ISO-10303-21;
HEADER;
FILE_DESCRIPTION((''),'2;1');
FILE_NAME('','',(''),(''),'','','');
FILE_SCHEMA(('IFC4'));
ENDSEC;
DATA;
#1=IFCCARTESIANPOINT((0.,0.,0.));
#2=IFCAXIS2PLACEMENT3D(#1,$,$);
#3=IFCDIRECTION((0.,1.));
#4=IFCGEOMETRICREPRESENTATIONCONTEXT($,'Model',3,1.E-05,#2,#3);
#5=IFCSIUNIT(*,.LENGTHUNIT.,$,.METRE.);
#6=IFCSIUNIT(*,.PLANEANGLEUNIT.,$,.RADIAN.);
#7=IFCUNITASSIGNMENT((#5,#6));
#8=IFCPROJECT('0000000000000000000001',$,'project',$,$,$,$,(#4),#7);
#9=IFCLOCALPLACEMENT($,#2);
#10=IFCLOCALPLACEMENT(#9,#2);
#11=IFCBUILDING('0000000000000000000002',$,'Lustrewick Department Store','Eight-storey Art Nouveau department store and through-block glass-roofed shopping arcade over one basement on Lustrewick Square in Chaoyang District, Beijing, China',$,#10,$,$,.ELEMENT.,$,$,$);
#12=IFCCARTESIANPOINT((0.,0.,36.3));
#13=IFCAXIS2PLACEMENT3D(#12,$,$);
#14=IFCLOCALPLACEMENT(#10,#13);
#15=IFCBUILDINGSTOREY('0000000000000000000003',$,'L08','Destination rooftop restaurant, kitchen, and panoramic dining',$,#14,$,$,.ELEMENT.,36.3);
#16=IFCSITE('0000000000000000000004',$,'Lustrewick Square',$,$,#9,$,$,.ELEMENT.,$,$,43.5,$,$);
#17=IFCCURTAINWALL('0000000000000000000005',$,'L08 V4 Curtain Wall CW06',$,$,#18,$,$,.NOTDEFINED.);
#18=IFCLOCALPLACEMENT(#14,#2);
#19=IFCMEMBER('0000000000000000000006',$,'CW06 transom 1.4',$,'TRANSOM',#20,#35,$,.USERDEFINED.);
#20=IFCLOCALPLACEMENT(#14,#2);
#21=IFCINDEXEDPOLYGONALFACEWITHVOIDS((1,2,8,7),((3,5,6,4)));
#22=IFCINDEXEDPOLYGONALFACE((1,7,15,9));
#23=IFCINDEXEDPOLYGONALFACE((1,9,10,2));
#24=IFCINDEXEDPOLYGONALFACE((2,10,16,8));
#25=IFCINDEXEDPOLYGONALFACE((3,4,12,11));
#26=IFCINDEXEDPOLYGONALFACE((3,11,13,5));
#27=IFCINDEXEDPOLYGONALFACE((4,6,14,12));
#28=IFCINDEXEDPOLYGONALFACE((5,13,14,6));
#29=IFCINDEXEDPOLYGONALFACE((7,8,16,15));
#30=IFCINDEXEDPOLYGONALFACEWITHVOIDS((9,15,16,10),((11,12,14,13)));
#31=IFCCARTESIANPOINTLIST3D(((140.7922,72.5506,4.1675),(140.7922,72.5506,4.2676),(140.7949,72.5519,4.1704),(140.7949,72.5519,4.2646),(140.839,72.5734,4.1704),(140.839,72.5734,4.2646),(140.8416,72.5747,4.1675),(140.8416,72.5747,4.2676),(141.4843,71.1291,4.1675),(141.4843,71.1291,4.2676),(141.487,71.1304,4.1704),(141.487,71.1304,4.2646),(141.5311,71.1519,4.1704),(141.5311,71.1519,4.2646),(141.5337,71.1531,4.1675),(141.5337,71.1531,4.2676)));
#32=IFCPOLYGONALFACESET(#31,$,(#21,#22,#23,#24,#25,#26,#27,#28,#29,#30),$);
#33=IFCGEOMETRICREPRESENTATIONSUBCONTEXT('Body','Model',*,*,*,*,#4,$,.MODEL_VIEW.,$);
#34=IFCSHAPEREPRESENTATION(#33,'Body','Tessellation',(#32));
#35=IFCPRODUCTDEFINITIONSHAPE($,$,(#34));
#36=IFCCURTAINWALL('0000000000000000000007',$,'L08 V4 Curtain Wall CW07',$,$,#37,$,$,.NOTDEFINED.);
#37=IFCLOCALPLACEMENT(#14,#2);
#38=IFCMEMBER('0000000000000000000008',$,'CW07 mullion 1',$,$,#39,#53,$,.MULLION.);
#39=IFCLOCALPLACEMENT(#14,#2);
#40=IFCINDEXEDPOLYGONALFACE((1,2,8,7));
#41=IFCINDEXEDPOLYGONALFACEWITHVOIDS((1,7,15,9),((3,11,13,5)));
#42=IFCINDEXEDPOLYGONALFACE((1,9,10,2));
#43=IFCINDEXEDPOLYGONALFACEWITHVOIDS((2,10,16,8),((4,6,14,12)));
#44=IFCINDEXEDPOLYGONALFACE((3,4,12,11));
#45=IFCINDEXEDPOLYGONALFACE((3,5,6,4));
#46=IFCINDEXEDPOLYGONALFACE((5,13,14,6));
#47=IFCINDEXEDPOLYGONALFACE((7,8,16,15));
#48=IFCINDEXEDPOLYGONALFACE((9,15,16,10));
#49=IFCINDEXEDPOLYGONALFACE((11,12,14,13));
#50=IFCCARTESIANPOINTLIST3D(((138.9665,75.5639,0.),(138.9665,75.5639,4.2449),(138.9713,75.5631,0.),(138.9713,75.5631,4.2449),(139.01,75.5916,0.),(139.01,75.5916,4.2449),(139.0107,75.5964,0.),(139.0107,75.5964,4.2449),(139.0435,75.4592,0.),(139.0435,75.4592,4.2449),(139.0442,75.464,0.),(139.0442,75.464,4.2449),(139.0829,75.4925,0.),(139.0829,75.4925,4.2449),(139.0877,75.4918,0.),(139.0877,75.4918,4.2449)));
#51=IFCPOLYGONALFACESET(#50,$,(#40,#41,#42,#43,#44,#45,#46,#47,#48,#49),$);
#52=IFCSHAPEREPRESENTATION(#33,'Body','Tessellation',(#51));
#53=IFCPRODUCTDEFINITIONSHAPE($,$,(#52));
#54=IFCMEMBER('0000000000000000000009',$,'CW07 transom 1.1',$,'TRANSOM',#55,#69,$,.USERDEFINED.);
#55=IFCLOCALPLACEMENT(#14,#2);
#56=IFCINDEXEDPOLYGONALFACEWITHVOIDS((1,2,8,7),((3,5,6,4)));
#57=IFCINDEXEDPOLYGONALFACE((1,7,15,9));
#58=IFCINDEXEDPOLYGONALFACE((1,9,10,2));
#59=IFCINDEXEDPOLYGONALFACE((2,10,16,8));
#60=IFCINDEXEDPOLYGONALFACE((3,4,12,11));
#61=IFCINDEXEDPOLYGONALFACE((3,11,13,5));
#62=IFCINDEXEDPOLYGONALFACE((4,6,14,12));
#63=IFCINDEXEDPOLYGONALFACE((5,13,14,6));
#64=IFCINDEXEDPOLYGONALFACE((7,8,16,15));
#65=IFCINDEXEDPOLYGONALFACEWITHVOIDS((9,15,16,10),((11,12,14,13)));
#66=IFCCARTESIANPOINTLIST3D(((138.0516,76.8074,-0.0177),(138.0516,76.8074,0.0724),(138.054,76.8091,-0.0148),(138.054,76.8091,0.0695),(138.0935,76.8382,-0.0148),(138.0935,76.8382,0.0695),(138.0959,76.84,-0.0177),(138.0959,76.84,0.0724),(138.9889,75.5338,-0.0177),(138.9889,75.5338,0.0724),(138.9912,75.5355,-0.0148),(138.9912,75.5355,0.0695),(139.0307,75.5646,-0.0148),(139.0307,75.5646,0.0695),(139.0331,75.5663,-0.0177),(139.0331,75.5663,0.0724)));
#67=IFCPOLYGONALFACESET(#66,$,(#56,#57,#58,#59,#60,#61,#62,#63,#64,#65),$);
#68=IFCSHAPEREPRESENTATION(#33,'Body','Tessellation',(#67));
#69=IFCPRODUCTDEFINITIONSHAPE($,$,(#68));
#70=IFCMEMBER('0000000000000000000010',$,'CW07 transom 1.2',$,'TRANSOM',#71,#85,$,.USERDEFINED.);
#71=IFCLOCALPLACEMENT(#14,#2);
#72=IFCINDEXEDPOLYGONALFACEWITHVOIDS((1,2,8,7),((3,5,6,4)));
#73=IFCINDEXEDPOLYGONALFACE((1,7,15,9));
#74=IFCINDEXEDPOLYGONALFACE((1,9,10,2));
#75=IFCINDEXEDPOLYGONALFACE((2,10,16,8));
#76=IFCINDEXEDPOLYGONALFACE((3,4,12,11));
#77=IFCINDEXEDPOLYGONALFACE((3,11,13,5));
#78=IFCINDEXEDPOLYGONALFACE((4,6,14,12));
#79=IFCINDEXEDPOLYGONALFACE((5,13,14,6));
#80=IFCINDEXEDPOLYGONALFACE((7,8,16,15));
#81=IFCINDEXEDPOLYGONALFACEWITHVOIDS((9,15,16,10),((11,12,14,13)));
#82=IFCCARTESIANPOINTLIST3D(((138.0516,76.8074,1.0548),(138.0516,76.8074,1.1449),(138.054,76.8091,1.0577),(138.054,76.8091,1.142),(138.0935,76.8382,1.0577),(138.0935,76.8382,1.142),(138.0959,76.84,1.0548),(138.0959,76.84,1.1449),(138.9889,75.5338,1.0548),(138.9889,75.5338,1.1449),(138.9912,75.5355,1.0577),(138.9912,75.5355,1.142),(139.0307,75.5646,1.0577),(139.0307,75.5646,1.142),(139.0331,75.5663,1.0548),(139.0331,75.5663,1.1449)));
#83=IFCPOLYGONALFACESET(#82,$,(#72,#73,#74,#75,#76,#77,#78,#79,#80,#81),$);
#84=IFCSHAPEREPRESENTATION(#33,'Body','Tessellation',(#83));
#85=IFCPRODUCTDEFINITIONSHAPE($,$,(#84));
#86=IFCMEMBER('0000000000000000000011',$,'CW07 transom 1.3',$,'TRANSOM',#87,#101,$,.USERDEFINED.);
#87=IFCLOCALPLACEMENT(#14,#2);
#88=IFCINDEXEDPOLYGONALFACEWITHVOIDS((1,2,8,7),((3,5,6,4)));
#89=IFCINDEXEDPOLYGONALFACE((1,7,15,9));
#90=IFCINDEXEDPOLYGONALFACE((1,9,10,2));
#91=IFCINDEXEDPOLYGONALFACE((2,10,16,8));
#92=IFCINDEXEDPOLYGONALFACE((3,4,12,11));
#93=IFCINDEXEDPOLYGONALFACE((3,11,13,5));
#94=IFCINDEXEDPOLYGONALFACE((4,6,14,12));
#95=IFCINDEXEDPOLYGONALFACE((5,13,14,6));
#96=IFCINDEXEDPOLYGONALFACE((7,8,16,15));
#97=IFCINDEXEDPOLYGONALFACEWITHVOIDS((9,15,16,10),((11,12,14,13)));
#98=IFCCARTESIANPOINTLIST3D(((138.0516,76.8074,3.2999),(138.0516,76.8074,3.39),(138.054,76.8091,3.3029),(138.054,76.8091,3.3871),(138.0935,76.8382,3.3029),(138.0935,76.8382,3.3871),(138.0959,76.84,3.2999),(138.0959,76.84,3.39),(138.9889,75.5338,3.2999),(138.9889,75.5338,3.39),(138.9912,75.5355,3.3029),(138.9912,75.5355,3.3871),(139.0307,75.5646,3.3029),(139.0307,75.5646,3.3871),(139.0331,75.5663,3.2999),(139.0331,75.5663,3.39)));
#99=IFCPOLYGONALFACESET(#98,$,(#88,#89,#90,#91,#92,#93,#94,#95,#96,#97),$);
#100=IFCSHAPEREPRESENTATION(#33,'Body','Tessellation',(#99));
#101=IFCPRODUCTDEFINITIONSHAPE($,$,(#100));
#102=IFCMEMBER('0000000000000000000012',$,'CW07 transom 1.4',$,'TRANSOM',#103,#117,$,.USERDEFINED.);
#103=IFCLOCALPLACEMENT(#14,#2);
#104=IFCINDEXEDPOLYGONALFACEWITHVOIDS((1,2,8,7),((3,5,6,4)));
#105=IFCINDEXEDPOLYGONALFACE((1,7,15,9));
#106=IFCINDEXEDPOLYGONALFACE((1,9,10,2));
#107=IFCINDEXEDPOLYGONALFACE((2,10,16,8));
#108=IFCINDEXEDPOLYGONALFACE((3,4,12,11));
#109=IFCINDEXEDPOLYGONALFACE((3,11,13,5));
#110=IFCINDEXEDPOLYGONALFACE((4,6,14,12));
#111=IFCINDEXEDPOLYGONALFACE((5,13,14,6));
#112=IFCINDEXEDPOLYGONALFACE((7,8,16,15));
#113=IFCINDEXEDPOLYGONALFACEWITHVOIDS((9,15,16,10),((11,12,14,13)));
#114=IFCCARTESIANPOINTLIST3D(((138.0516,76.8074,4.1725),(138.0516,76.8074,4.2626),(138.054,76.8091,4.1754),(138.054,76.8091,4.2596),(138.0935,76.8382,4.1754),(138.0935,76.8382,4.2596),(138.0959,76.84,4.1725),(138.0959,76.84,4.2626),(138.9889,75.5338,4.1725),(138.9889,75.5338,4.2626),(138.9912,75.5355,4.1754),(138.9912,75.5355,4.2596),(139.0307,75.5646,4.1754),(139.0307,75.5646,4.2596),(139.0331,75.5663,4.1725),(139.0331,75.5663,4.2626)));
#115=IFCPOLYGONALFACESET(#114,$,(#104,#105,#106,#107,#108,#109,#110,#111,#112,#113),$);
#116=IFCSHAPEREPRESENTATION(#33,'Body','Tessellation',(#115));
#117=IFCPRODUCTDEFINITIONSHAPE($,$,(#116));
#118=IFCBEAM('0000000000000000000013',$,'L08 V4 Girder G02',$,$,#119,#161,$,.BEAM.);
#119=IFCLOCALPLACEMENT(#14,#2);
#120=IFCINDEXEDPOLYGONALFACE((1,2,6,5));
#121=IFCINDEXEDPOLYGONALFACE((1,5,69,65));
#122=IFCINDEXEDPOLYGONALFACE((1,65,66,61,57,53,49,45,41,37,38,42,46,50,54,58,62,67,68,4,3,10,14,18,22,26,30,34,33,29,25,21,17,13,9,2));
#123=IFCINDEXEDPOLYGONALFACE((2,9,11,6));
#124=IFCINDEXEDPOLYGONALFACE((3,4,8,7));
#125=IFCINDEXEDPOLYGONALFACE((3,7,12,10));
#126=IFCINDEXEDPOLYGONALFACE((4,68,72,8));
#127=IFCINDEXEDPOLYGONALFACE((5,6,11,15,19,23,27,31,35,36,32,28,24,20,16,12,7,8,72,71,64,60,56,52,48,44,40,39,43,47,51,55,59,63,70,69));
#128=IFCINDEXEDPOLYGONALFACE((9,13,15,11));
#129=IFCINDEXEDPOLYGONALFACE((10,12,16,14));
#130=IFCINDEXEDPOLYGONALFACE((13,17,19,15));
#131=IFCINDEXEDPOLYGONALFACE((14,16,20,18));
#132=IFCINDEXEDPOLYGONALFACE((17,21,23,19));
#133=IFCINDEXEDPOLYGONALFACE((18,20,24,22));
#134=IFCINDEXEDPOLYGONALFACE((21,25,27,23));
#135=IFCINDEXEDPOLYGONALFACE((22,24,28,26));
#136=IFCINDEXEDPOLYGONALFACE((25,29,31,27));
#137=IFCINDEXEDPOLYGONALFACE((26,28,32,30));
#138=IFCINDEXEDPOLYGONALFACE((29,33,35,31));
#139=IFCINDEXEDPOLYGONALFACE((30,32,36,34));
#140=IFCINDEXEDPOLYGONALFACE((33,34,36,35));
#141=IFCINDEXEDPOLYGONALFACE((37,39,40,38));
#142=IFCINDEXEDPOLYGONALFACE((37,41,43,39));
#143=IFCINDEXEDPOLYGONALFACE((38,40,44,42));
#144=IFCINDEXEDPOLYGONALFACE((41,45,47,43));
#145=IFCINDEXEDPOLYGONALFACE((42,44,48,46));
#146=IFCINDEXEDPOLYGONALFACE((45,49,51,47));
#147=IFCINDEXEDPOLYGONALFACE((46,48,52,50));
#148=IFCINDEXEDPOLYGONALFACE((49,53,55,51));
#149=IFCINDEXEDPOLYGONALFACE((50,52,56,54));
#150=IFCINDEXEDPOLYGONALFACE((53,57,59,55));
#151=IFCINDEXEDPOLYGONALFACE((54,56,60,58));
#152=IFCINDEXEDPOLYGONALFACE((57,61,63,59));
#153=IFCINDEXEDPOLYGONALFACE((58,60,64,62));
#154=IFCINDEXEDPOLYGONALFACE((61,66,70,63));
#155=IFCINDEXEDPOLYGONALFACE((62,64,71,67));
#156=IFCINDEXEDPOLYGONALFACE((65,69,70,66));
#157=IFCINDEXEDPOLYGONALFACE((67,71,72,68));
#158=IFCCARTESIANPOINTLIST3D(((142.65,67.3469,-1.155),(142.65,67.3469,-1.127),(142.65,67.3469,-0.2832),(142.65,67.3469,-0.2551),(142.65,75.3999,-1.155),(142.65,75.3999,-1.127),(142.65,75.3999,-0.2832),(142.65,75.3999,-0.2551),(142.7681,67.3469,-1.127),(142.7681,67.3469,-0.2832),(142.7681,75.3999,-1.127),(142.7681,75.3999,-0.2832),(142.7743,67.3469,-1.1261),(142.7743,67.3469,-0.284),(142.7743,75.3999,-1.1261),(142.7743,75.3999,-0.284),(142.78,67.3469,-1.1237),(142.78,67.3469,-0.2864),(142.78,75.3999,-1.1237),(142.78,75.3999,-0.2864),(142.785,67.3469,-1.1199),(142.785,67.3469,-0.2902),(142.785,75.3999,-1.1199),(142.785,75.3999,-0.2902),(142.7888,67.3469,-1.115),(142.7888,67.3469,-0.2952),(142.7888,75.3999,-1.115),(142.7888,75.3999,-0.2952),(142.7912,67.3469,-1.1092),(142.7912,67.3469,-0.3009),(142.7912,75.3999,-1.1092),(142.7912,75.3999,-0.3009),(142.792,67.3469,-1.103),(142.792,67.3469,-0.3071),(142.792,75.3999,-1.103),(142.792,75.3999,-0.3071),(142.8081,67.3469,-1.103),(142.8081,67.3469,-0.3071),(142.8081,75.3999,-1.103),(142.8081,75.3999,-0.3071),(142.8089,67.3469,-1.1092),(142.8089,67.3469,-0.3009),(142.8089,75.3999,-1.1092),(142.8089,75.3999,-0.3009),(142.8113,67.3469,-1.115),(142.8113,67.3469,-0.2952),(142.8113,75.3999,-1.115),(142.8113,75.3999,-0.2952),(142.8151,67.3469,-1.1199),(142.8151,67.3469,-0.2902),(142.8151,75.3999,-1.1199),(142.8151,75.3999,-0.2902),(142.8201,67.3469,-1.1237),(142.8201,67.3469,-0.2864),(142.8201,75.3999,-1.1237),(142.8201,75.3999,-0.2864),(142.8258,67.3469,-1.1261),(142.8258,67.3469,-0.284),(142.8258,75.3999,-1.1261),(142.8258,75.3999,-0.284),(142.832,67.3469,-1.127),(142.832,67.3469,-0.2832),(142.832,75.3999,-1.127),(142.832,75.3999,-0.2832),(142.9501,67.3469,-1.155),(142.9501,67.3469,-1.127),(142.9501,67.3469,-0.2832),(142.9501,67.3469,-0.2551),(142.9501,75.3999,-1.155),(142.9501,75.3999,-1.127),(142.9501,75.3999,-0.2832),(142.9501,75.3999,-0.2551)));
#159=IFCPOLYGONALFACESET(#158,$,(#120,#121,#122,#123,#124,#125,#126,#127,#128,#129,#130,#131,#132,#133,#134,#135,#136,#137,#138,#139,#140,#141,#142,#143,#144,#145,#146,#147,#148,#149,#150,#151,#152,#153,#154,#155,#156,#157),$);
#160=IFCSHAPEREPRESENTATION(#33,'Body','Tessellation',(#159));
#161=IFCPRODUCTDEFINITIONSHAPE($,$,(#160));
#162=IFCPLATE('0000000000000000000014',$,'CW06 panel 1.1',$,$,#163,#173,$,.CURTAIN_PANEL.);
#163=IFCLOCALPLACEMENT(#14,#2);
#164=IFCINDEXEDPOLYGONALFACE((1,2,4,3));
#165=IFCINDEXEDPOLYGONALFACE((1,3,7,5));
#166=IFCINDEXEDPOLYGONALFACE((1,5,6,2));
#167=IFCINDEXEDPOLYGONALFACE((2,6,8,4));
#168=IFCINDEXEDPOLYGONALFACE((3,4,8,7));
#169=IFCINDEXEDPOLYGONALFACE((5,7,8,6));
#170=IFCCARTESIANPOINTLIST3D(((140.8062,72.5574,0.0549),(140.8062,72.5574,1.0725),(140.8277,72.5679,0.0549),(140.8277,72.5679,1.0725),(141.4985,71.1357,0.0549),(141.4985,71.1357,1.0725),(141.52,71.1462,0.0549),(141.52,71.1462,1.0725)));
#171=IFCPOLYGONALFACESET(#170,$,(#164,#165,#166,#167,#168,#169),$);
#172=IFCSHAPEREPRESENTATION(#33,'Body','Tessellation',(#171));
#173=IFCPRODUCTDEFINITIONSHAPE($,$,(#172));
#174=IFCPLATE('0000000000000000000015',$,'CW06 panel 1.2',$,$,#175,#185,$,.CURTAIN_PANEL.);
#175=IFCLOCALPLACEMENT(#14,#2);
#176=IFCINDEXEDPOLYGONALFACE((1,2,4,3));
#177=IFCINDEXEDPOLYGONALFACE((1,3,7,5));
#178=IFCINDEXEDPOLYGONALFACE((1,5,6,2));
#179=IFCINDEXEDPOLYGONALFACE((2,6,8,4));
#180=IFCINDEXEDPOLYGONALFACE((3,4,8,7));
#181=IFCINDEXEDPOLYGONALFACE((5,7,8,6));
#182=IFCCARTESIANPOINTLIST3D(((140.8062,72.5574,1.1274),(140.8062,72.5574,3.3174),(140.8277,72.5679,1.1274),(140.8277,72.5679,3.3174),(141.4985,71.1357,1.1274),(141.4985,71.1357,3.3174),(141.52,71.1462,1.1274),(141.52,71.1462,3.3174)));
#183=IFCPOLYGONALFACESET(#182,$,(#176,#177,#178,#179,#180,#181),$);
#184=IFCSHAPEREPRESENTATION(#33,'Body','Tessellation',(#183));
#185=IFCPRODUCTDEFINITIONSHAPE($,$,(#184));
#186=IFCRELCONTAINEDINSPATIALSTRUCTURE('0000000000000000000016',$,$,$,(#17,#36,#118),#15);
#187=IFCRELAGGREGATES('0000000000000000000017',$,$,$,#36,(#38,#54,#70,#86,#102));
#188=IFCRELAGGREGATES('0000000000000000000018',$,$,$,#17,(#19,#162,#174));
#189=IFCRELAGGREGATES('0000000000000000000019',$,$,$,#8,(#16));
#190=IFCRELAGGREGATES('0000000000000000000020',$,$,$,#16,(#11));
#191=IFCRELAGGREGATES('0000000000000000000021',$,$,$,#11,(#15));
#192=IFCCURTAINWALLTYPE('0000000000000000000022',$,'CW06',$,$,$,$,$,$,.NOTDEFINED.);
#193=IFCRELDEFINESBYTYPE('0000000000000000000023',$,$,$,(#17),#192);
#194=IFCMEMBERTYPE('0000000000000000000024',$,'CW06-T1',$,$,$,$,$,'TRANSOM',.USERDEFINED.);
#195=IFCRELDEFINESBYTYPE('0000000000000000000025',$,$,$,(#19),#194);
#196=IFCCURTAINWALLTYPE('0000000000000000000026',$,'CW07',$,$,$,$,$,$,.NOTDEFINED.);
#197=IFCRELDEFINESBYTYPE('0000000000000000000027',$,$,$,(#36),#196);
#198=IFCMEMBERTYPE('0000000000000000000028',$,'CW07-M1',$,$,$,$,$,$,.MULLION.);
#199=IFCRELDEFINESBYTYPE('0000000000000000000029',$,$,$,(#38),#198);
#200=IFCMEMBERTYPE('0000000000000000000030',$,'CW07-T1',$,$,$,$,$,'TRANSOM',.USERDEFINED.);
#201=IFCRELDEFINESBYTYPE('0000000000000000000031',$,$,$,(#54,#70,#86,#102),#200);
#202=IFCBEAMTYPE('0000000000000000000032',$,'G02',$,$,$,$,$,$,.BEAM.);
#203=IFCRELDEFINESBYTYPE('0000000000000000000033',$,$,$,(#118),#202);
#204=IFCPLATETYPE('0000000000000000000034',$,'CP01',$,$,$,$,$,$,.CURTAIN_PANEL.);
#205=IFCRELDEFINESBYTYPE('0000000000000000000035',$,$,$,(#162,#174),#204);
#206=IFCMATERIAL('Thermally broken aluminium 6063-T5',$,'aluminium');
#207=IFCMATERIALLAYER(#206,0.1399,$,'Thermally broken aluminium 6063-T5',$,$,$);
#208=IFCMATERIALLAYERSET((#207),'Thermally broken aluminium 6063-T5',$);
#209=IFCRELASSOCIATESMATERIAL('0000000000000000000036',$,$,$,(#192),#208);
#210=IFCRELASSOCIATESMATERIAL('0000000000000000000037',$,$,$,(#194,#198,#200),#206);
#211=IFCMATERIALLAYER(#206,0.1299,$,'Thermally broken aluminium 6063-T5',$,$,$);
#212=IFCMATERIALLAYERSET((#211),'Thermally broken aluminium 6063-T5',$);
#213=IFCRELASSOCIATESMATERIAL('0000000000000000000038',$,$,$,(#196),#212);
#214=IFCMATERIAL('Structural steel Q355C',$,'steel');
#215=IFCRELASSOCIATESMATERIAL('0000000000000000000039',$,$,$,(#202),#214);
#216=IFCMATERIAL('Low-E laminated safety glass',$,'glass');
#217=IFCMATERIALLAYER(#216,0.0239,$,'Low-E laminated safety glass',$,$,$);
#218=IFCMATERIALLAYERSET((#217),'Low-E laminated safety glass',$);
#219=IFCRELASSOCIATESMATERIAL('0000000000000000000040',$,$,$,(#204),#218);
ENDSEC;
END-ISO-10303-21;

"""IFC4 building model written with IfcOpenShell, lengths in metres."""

from ifc_helpers import new_model, si_unit, direction, frame, origin, origin_2d, place, context, subcontext, project, spatial, rectangle, hollow_rectangle, i_section, extrude, material, layer, layer_set, material_profile, profile_set, type_object, element, aggregate, save


model = new_model("IFC4")

# Units and contexts
model_context = context("Model", 3, precision=1e-05, world=origin(), true_north=direction((0.0, 1.0)))
body_context = subcontext(model_context, "Body", "Model", "MODEL_VIEW")
ifc_project = project(units=[si_unit("LENGTHUNIT", "METRE"), si_unit("PLANEANGLEUNIT", "RADIAN")], contexts=[model_context])

# Site, building, storey
site_placement = place(None, origin())
site = spatial("IfcSite", under=ifc_project, at=site_placement, Name="Lustrewick Square", CompositionType="ELEMENT", RefElevation=43.5)
building_placement = place(site_placement, origin())
building = spatial("IfcBuilding", under=site, at=building_placement, Name="Lustrewick Department Store", Description="Eight-storey Art Nouveau department store and through-block glass-roofed shopping arcade over one basement on Lustrewick Square in Chaoyang District, Beijing, China", CompositionType="ELEMENT")
storey_placement = place(building_placement, frame((0.0, 0.0, 36.3)))
storey = spatial("IfcBuildingStorey", under=building, at=storey_placement, Name="L08", Description="Destination rooftop restaurant, kitchen, and panoramic dining", CompositionType="ELEMENT", Elevation=36.3)

# Curtain walls, members
ifc_material_1 = material(Name="Thermally broken aluminium 6063-T5", Category="aluminium")
ifc_layer_1 = layer(ifc_material_1, 0.1399, Name="Thermally broken aluminium 6063-T5")
ifc_layer_set_1 = layer_set([ifc_layer_1], Name="Thermally broken aluminium 6063-T5")
curtain_wall_type_1 = type_object("IfcCurtainWallType", Name="CW06", PredefinedType="NOTDEFINED", material=ifc_layer_set_1)
curtain_wall_1_placement = place(storey_placement, origin())
curtain_wall_1 = element("IfcCurtainWall", 1, at=curtain_wall_1_placement, inside=storey, type_object=curtain_wall_type_1, Name="L08 V4 Curtain Wall CW06", PredefinedType="NOTDEFINED")
ifc_material_profile_1 = material_profile(ifc_material_1, hollow_rectangle(XDim=0.0549, YDim=0.1001, WallThickness=0.0029, at=origin_2d()), Name="ALU-T 55x100x3")
ifc_profile_set_1 = profile_set([ifc_material_profile_1], Name="Thermally broken aluminium 6063-T5")
member_type_1 = type_object("IfcMemberType", Name="CW06-T1", ElementType="TRANSOM", PredefinedType="USERDEFINED", material=ifc_profile_set_1)
member_1_placement = place(storey_placement, frame((141.509, 71.1411, 4.2175), z_axis=(-0.437739, 0.899102, 0.0), x_axis=(-0.899102, -0.437739, 0.0)))
member_1 = element("IfcMember", 2, at=member_1_placement, type_object=member_type_1, Name="CW06 transom 1.4", ObjectType="TRANSOM", PredefinedType="USERDEFINED", context=body_context, shape_type="SweptSolid", body=[
    extrude(hollow_rectangle(XDim=0.0549, YDim=0.1001, WallThickness=0.0029, at=origin_2d()), origin(), (0.0, 0.0, 1.0), 1.5811),
])
ifc_layer_2 = layer(ifc_material_1, 0.1299, Name="Thermally broken aluminium 6063-T5")
ifc_layer_set_2 = layer_set([ifc_layer_2], Name="Thermally broken aluminium 6063-T5")
curtain_wall_type_2 = type_object("IfcCurtainWallType", Name="CW07", PredefinedType="NOTDEFINED", material=ifc_layer_set_2)
curtain_wall_2_placement = place(storey_placement, origin())
curtain_wall_2 = element("IfcCurtainWall", 3, at=curtain_wall_2_placement, inside=storey, type_object=curtain_wall_type_2, Name="L08 V4 Curtain Wall CW07", PredefinedType="NOTDEFINED")
ifc_material_profile_2 = material_profile(ifc_material_1, hollow_rectangle(XDim=0.0549, YDim=0.1299, WallThickness=0.0034, at=origin_2d()), Name="ALU-M 55x130x3.5")
ifc_profile_set_2 = profile_set([ifc_material_profile_2], Name="Thermally broken aluminium 6063-T5")
member_type_2 = type_object("IfcMemberType", Name="CW07-M1", PredefinedType="MULLION", material=ifc_profile_set_2)
member_2_placement = place(storey_placement, frame((139.0271, 75.5278, 0.0), z_axis=(0.0, 0.0, 1.0), x_axis=(-0.805451, -0.592662, 0.0)))
member_2 = element("IfcMember", 4, at=member_2_placement, type_object=member_type_2, Name="CW07 mullion 1", PredefinedType="MULLION", context=body_context, shape_type="SweptSolid", body=[
    extrude(hollow_rectangle(XDim=0.0549, YDim=0.1299, WallThickness=0.0034, at=origin_2d()), origin(), (0.0, 0.0, 1.0), 4.2449),
])
ifc_material_profile_3 = material_profile(ifc_material_1, hollow_rectangle(XDim=0.0549, YDim=0.0901, WallThickness=0.0029, at=origin_2d()), Name="ALU-T 55x90x3")
ifc_profile_set_3 = profile_set([ifc_material_profile_3], Name="Thermally broken aluminium 6063-T5")
member_type_3 = type_object("IfcMemberType", Name="CW07-T1", ElementType="TRANSOM", PredefinedType="USERDEFINED", material=ifc_profile_set_3)
member_3_placement = place(storey_placement, frame((139.011, 75.55, 0.0273), z_axis=(-0.592688, 0.805432, 0.0), x_axis=(-0.805432, -0.592688, 0.0)))
member_3 = element("IfcMember", 5, at=member_3_placement, type_object=member_type_3, Name="CW07 transom 1.1", ObjectType="TRANSOM", PredefinedType="USERDEFINED", context=body_context, shape_type="SweptSolid", body=[
    extrude(hollow_rectangle(XDim=0.0549, YDim=0.0901, WallThickness=0.0029, at=origin_2d()), origin(), (0.0, 0.0, 1.0), 1.5813),
])
member_4_placement = place(storey_placement, frame((139.011, 75.55, 1.0999), z_axis=(-0.592688, 0.805432, 0.0), x_axis=(-0.805432, -0.592688, 0.0)))
member_4 = element("IfcMember", 6, at=member_4_placement, type_object=member_type_3, Name="CW07 transom 1.2", ObjectType="TRANSOM", PredefinedType="USERDEFINED", context=body_context, shape_type="SweptSolid", body=[
    extrude(hollow_rectangle(XDim=0.0549, YDim=0.0901, WallThickness=0.0029, at=origin_2d()), origin(), (0.0, 0.0, 1.0), 1.5813),
])
member_5_placement = place(storey_placement, frame((139.011, 75.55, 3.345), z_axis=(-0.592688, 0.805432, 0.0), x_axis=(-0.805432, -0.592688, 0.0)))
member_5 = element("IfcMember", 7, at=member_5_placement, type_object=member_type_3, Name="CW07 transom 1.3", ObjectType="TRANSOM", PredefinedType="USERDEFINED", context=body_context, shape_type="SweptSolid", body=[
    extrude(hollow_rectangle(XDim=0.0549, YDim=0.0901, WallThickness=0.0029, at=origin_2d()), origin(), (0.0, 0.0, 1.0), 1.5813),
])
member_6_placement = place(storey_placement, frame((139.011, 75.55, 4.2175), z_axis=(-0.592688, 0.805432, 0.0), x_axis=(-0.805432, -0.592688, 0.0)))
member_6 = element("IfcMember", 8, at=member_6_placement, type_object=member_type_3, Name="CW07 transom 1.4", ObjectType="TRANSOM", PredefinedType="USERDEFINED", context=body_context, shape_type="SweptSolid", body=[
    extrude(hollow_rectangle(XDim=0.0549, YDim=0.0901, WallThickness=0.0029, at=origin_2d()), origin(), (0.0, 0.0, 1.0), 1.5813),
])
aggregate(curtain_wall_2, [member_2, member_3, member_4, member_5, member_6])

# Beam
ifc_material_2 = material(Name="Structural steel Q355C", Category="steel")
ifc_material_profile_4 = material_profile(ifc_material_2, i_section(OverallWidth=0.3, OverallDepth=0.8999, WebThickness=0.0161, FlangeThickness=0.0281, FilletRadius=0.0239, at=origin_2d()), Name="HN 900x300x16x28")
ifc_profile_set_4 = profile_set([ifc_material_profile_4], Name="Structural steel Q355C")
beam_type_1 = type_object("IfcBeamType", Name="G02", PredefinedType="BEAM", material=ifc_profile_set_4)
beam_1_placement = place(storey_placement, frame((142.8, 67.3469, -0.7051), z_axis=(0.0, 1.0, 0.0), x_axis=(-1.0, 0.0, 0.0)))
element("IfcBeam", 9, at=beam_1_placement, inside=storey, type_object=beam_type_1, Name="L08 V4 Girder G02", PredefinedType="BEAM", context=body_context, shape_type="SweptSolid", body=[
    extrude(i_section(OverallWidth=0.3, OverallDepth=0.8999, WebThickness=0.0161, FlangeThickness=0.0281, FilletRadius=0.0239, at=origin_2d()), origin(), (0.0, 0.0, 1.0), 8.053),
])

# Plates
ifc_material_3 = material(Name="Low-E laminated safety glass", Category="glass")
ifc_layer_3 = layer(ifc_material_3, 0.0239, Name="Low-E laminated safety glass")
ifc_layer_set_3 = layer_set([ifc_layer_3], Name="Low-E laminated safety glass")
plate_type = type_object("IfcPlateType", Name="CP01", PredefinedType="CURTAIN_PANEL", material=ifc_layer_set_3)
plate_1_placement = place(storey_placement, frame((141.1631, 71.8518, 0.0549), z_axis=(0.0, 0.0, 1.0), x_axis=(-0.437776, 0.899084, 0.0)))
plate_1 = element("IfcPlate", 10, at=plate_1_placement, type_object=plate_type, Name="CW06 panel 1.1", PredefinedType="CURTAIN_PANEL", context=body_context, shape_type="SweptSolid", body=[
    extrude(rectangle(XDim=1.5813, YDim=0.0239, at=origin_2d()), origin(), (0.0, 0.0, 1.0), 1.0176),
])
plate_2_placement = place(storey_placement, frame((141.1631, 71.8518, 1.1274), z_axis=(0.0, 0.0, 1.0), x_axis=(-0.437776, 0.899084, 0.0)))
plate_2 = element("IfcPlate", 11, at=plate_2_placement, type_object=plate_type, Name="CW06 panel 1.2", PredefinedType="CURTAIN_PANEL", context=body_context, shape_type="SweptSolid", body=[
    extrude(rectangle(XDim=1.5813, YDim=0.0239, at=origin_2d()), origin(), (0.0, 0.0, 1.0), 2.1899),
])
aggregate(curtain_wall_1, [member_1, plate_1, plate_2])

save(model, "model.ifc")
